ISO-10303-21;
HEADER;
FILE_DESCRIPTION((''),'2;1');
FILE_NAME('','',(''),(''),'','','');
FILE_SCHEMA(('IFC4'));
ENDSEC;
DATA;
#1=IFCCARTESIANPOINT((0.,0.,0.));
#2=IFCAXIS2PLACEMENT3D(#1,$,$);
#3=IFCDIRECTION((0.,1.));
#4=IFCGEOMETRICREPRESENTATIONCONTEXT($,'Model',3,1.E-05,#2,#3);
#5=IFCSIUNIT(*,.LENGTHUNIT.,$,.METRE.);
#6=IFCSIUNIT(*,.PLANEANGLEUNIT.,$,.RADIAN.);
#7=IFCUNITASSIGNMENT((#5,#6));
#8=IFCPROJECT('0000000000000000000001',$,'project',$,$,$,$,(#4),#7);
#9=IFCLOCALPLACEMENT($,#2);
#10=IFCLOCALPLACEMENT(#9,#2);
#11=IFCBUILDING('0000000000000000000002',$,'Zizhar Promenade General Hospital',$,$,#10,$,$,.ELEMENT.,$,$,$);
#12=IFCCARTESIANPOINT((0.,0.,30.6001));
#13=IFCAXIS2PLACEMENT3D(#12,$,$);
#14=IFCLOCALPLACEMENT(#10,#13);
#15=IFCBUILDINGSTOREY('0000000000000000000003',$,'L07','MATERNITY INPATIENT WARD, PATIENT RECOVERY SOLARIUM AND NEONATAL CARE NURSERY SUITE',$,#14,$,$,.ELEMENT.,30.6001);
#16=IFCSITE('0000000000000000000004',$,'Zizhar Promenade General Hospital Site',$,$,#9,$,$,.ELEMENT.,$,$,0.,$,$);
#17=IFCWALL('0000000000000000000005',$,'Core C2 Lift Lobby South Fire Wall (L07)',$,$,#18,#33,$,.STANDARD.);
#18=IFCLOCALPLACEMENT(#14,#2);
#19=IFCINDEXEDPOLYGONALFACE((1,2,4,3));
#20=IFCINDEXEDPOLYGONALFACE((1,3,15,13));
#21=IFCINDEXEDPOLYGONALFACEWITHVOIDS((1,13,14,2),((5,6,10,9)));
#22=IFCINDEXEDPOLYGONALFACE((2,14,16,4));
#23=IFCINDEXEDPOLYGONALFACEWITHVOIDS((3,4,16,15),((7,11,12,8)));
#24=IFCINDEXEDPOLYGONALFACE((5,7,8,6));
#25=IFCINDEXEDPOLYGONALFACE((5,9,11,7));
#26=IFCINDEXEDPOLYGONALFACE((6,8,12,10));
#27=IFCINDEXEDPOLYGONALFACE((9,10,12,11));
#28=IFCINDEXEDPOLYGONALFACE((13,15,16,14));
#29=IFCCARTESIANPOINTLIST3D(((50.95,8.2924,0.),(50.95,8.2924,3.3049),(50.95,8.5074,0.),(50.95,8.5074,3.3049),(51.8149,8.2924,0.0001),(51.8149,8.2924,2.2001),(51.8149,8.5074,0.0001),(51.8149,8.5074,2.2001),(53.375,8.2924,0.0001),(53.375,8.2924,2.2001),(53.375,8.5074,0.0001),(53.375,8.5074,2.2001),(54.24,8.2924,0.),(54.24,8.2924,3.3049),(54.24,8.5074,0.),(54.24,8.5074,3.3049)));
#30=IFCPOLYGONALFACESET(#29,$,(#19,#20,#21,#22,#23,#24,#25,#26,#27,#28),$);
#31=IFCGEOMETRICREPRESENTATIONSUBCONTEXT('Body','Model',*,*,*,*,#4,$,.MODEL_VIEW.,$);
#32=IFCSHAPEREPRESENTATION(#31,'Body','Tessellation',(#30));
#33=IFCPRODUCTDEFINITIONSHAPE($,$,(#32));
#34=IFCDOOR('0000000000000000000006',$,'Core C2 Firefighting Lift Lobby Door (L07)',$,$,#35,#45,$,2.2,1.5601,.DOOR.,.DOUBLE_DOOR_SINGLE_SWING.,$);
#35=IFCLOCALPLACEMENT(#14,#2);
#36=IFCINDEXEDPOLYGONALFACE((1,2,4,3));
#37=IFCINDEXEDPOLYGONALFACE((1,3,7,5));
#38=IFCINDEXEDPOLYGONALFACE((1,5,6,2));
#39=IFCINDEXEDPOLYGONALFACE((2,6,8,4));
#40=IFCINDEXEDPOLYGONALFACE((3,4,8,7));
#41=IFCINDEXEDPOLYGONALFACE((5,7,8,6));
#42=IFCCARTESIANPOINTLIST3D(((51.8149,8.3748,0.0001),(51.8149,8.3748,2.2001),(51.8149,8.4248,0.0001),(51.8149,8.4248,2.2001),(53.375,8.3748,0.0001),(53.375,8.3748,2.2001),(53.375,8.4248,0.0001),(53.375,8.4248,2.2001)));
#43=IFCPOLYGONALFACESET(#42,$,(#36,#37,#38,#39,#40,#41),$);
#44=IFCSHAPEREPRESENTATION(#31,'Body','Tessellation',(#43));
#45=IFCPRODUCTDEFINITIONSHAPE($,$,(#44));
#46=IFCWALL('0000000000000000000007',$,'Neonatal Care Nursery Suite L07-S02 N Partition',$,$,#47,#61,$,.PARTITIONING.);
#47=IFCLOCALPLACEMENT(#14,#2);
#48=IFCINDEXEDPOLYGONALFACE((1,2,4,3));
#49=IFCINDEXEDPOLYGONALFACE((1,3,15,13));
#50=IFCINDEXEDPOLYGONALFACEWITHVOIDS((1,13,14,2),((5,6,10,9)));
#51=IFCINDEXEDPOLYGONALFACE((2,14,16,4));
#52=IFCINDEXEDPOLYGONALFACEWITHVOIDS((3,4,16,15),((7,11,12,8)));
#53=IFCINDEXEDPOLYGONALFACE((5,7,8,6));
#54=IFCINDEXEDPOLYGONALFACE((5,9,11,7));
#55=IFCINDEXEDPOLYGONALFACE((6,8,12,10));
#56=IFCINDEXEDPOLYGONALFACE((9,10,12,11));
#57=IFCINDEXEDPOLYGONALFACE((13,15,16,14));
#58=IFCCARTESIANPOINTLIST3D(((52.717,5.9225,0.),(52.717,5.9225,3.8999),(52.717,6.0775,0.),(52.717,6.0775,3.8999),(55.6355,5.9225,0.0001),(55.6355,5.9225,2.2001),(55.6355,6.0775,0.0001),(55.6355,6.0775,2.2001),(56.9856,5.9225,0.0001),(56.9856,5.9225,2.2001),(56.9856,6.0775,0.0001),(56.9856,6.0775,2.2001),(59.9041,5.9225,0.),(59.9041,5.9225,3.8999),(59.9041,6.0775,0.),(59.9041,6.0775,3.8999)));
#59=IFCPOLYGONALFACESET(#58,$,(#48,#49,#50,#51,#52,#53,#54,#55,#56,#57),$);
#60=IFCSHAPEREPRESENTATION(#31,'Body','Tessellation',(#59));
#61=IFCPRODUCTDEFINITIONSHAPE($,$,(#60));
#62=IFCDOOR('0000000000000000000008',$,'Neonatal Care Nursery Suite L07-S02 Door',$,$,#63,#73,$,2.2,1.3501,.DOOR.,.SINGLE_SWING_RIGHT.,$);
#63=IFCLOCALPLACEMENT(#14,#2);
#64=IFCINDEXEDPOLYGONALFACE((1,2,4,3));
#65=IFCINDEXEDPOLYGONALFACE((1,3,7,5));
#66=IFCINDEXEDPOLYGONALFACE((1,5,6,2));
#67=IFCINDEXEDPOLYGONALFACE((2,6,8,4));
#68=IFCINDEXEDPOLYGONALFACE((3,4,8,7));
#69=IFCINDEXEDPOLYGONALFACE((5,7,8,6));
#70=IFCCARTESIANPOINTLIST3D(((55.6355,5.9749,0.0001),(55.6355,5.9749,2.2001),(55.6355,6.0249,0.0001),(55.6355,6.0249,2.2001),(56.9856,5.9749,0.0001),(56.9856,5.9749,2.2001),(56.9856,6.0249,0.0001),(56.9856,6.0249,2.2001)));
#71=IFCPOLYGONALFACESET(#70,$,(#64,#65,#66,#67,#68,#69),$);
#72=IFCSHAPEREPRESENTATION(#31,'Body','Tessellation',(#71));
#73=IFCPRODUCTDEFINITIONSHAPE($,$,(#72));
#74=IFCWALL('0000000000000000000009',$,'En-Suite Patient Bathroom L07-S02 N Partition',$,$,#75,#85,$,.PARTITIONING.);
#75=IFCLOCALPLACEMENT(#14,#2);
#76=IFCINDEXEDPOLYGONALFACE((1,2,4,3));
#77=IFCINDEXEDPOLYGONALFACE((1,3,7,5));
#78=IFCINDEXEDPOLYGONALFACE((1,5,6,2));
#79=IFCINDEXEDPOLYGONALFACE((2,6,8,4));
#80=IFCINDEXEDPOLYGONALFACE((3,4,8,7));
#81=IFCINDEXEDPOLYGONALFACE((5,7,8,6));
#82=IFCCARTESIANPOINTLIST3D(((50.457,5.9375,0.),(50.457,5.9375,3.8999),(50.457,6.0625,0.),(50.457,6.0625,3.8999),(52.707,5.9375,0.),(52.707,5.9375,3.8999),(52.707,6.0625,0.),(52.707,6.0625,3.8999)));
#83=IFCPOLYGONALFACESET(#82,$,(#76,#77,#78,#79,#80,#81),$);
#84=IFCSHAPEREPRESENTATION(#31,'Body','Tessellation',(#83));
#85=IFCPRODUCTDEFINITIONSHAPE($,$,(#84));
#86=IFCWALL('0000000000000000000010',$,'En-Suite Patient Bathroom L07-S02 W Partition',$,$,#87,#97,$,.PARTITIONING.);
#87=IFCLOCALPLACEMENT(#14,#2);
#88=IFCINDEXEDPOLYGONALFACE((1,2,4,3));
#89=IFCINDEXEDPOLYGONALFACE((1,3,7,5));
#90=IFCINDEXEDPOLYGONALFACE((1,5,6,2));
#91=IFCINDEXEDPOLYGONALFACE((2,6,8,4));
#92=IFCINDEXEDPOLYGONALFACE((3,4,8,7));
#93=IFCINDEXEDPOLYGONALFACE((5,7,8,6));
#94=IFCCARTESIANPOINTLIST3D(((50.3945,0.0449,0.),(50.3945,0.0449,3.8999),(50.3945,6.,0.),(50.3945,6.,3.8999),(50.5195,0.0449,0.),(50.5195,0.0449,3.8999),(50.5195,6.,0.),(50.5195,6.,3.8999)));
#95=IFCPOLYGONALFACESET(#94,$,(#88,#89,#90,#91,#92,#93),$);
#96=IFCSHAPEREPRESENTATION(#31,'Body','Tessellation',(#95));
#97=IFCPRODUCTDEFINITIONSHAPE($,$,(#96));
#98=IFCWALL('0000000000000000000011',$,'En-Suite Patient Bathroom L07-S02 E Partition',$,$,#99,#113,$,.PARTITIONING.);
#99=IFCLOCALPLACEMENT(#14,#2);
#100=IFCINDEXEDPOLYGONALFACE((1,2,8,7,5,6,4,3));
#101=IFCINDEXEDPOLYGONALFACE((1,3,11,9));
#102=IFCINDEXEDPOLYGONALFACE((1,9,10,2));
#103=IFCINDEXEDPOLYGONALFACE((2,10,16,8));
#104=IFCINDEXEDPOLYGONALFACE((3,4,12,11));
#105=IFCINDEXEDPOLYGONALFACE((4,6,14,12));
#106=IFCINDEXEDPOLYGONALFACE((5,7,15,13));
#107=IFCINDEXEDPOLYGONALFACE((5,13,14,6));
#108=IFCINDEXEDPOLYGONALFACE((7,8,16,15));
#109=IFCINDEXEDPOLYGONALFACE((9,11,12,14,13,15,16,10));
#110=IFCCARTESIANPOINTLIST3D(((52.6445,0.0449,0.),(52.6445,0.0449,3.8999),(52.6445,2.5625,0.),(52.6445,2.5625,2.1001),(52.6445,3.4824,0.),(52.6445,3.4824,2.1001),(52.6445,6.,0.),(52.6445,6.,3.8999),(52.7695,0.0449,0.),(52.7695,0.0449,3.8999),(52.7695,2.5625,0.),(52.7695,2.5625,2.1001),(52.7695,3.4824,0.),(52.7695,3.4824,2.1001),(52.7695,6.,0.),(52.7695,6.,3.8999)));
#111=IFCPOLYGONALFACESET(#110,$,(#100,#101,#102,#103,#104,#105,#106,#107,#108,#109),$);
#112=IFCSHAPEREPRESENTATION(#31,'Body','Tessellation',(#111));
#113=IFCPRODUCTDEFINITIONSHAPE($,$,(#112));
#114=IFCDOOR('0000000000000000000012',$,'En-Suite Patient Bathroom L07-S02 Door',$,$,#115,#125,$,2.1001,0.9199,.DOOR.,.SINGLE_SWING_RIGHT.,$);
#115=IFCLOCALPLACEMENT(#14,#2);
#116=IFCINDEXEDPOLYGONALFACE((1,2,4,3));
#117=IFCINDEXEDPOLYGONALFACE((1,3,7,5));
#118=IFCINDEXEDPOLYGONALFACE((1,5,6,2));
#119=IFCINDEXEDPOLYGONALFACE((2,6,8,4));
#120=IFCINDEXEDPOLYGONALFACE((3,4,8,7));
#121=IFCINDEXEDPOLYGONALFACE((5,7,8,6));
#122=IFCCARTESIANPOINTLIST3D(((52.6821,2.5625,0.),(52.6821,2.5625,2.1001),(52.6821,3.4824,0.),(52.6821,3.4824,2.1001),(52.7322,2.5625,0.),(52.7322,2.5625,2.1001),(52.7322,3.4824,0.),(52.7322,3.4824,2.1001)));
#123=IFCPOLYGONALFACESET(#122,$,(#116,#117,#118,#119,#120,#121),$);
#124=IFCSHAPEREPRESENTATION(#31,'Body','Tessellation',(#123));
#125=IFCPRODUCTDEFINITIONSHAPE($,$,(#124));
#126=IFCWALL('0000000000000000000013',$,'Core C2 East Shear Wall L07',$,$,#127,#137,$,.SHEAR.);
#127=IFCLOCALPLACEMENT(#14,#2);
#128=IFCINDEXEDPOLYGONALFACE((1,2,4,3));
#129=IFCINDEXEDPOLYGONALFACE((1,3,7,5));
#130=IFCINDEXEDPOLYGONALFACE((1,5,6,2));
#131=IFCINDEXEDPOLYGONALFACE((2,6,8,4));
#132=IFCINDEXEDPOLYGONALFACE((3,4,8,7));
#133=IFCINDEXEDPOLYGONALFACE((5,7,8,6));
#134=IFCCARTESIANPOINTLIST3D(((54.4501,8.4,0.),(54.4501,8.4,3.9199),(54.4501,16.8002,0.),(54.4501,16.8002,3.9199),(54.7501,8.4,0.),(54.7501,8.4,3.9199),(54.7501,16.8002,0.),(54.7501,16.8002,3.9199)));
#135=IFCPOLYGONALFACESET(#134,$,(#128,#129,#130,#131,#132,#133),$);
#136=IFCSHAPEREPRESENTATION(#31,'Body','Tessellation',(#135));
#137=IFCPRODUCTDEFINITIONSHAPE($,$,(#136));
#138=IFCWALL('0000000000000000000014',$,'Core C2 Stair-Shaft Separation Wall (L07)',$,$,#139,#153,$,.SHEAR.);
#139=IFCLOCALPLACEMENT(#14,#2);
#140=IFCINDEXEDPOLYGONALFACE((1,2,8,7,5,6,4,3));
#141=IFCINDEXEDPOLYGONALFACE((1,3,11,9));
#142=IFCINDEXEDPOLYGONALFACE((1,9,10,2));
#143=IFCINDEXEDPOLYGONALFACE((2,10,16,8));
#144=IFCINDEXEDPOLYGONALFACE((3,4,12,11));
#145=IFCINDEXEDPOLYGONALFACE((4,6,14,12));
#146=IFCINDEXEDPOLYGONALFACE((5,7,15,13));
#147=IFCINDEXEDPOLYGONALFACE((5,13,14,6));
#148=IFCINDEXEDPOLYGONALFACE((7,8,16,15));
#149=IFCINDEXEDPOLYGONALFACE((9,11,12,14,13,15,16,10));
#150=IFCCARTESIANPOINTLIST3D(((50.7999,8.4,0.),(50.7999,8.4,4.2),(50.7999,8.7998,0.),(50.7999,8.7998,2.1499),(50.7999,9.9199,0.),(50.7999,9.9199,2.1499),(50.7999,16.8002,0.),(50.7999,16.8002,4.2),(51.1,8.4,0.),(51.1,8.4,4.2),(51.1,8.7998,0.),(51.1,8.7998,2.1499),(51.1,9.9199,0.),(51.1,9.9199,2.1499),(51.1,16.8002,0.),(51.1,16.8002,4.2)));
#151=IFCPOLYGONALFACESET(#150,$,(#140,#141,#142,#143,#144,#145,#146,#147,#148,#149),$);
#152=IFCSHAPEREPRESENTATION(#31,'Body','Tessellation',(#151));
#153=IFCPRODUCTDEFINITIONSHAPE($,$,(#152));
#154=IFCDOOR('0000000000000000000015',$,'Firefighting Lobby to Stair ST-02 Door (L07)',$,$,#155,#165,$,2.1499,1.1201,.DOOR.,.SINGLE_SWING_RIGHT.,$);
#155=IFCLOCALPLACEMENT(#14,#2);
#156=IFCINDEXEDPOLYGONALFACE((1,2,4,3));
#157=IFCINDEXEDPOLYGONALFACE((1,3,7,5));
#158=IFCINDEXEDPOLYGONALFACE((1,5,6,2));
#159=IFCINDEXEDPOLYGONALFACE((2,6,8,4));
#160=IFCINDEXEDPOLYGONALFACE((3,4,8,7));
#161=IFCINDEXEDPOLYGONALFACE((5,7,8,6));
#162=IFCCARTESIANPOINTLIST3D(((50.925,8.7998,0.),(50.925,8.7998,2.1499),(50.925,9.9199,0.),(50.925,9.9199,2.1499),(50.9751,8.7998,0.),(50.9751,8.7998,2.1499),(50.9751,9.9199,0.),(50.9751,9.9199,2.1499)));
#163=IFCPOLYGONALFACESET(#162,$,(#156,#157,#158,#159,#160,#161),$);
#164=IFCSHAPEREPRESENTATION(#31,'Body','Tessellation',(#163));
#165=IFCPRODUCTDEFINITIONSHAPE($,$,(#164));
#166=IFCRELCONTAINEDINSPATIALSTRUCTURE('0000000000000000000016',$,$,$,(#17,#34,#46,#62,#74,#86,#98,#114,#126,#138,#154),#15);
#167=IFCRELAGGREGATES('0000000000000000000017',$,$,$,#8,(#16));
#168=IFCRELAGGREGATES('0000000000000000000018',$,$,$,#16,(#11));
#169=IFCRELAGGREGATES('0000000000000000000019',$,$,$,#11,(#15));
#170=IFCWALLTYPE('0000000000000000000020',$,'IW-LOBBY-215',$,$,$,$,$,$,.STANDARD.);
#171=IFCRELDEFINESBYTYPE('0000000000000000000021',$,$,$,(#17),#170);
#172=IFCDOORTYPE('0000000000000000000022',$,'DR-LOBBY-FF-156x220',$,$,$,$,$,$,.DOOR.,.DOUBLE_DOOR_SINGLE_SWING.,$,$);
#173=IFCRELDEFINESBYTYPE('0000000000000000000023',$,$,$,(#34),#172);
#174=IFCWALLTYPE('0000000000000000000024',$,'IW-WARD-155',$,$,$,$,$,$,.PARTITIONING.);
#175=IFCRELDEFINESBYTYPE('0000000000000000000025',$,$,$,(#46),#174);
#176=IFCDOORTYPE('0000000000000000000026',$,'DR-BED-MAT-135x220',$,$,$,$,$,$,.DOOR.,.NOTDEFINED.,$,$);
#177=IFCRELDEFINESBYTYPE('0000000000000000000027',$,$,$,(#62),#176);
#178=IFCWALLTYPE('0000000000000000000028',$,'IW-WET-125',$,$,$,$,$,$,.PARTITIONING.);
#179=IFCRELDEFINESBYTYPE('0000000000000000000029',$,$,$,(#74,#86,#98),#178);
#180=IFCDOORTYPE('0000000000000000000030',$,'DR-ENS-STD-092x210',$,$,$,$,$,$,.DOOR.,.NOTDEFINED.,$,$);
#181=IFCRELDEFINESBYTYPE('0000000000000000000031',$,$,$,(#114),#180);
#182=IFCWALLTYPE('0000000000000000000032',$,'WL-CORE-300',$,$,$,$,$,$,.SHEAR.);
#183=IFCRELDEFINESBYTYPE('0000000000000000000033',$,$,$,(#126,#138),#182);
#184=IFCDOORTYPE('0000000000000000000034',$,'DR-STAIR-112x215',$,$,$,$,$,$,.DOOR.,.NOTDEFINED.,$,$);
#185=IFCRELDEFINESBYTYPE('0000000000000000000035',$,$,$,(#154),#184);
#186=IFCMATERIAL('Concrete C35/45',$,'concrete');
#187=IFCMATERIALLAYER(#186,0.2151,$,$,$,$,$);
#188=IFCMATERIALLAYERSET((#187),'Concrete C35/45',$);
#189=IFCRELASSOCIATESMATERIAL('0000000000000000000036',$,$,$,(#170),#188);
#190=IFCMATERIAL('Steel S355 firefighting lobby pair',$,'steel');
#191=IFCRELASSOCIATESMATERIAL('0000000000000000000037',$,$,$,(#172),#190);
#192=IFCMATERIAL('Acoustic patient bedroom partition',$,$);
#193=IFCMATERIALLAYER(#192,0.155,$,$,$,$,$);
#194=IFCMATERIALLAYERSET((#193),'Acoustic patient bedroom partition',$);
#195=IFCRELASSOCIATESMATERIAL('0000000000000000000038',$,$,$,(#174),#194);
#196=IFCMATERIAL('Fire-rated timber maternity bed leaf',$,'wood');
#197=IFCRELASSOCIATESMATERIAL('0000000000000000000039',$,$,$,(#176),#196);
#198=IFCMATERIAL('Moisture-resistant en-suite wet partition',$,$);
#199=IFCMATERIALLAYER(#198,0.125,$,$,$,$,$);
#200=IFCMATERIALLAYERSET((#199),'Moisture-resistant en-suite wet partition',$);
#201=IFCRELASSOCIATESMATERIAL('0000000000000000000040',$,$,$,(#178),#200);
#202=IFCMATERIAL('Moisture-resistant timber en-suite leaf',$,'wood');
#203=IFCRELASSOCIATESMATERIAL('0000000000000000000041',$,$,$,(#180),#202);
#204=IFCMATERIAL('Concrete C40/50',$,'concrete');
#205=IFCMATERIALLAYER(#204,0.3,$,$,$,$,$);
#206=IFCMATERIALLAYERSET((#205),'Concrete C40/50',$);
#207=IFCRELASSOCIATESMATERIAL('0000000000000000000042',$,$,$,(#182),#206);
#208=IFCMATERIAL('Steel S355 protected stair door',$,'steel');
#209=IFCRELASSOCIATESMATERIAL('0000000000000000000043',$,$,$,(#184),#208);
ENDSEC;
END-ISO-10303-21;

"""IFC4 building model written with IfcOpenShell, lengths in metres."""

from ifc_helpers import new_model, si_unit, direction, frame, frame_2d, origin, place, context, subcontext, project, spatial, rectangle, extrude, material, layer, layer_set, type_object, element, fill, save


model = new_model("IFC4")

# Units and contexts
model_context = context("Model", 3, precision=1e-05, world=origin(), true_north=direction((0.0, 1.0)))
body_context = subcontext(model_context, "Body", "Model", "MODEL_VIEW")
ifc_project = project(units=[si_unit("LENGTHUNIT", "METRE"), si_unit("PLANEANGLEUNIT", "RADIAN")], contexts=[model_context])

# Site, building, storey
site_placement = place(None, origin())
site = spatial("IfcSite", under=ifc_project, at=site_placement, Name="Zizhar Promenade General Hospital Site", CompositionType="ELEMENT", RefElevation=0.0)
building_placement = place(site_placement, origin())
building = spatial("IfcBuilding", under=site, at=building_placement, Name="Zizhar Promenade General Hospital", CompositionType="ELEMENT")
storey_placement = place(building_placement, frame((0.0, 0.0, 30.6001)))
storey = spatial("IfcBuildingStorey", under=building, at=storey_placement, Name="L07", Description="MATERNITY INPATIENT WARD, PATIENT RECOVERY SOLARIUM AND NEONATAL CARE NURSERY SUITE", CompositionType="ELEMENT", Elevation=30.6001)

# Walls, openings, doors
ifc_material_1 = material(Name="Concrete C35/45", Category="concrete")
ifc_layer_1 = layer(ifc_material_1, 0.2151)
ifc_layer_set_1 = layer_set([ifc_layer_1], Name="Concrete C35/45")
wall_type_1 = type_object("IfcWallType", Name="IW-LOBBY-215", PredefinedType="STANDARD", material=ifc_layer_set_1)
wall_1_placement = place(storey_placement, frame((50.95, 8.3999, 0.0), z_axis=(0.0, 0.0, 1.0), x_axis=(1.0, 0.0, 0.0)))
wall_1 = element("IfcWall", 1, at=wall_1_placement, inside=storey, type_object=wall_type_1, Name="Core C2 Lift Lobby South Fire Wall (L07)", PredefinedType="STANDARD", context=body_context, shape_type="SweptSolid", body=[
    extrude(rectangle(XDim=3.29, YDim=0.2151, at=frame_2d((1.645, 0.0))), origin(), (0.0, 0.0, 1.0), 3.3049),
])
opening_1_placement = place(wall_1_placement, frame((0.865, 0.0, 0.0)))
opening_1 = element("IfcOpeningElement", 2, at=opening_1_placement, cuts=wall_1, PredefinedType="OPENING", context=body_context, shape_type="SweptSolid", body=[
    extrude(rectangle(XDim=1.5601, YDim=2.2, at=frame_2d((0.78, 1.1001))), frame((0.0, 0.1177, 0.0), z_axis=(0.0, -1.0, 0.0), x_axis=(1.0, 0.0, 0.0)), (0.0, 0.0, 1.0), 0.2351),
])
ifc_material_2 = material(Name="Steel S355 firefighting lobby pair", Category="steel")
door_type_1 = type_object("IfcDoorType", Name="DR-LOBBY-FF-156x220", OperationType="DOUBLE_DOOR_SINGLE_SWING", PredefinedType="DOOR", material=ifc_material_2)
door_1_placement = place(opening_1_placement, origin())
door_1 = element("IfcDoor", 3, at=door_1_placement, inside=storey, type_object=door_type_1, Name="Core C2 Firefighting Lift Lobby Door (L07)", OperationType="DOUBLE_DOOR_SINGLE_SWING", OverallHeight=2.2, OverallWidth=1.5601, PredefinedType="DOOR", context=body_context, shape_type="SweptSolid", body=[
    extrude(rectangle(XDim=1.5601, YDim=2.2, at=frame_2d((0.78, 1.1001))), frame((0.0, 0.0249, 0.0), z_axis=(0.0, -1.0, 0.0), x_axis=(1.0, 0.0, 0.0)), (0.0, 0.0, 1.0), 0.05),
])
fill(opening_1, door_1)
ifc_material_3 = material(Name="Acoustic patient bedroom partition")
ifc_layer_2 = layer(ifc_material_3, 0.155)
ifc_layer_set_2 = layer_set([ifc_layer_2], Name="Acoustic patient bedroom partition")
wall_type_2 = type_object("IfcWallType", Name="IW-WARD-155", PredefinedType="PARTITIONING", material=ifc_layer_set_2)
wall_2_placement = place(storey_placement, frame((52.717, 6.0, 0.0), z_axis=(0.0, 0.0, 1.0), x_axis=(1.0, 0.0, 0.0)))
wall_2 = element("IfcWall", 4, at=wall_2_placement, inside=storey, type_object=wall_type_2, Name="Neonatal Care Nursery Suite L07-S02 N Partition", PredefinedType="PARTITIONING", context=body_context, shape_type="SweptSolid", body=[
    extrude(rectangle(XDim=7.187, YDim=0.155, at=frame_2d((3.5935, 0.0))), origin(), (0.0, 0.0, 1.0), 3.8999),
])
opening_2_placement = place(wall_2_placement, frame((2.9185, 0.0, 0.0)))
opening_2 = element("IfcOpeningElement", 5, at=opening_2_placement, cuts=wall_2, PredefinedType="OPENING", context=body_context, shape_type="SweptSolid", body=[
    extrude(rectangle(XDim=1.3501, YDim=2.2, at=frame_2d((0.675, 1.1001))), frame((0.0, 0.0874, 0.0), z_axis=(0.0, -1.0, 0.0), x_axis=(1.0, 0.0, 0.0)), (0.0, 0.0, 1.0), 0.175),
])
ifc_material_4 = material(Name="Fire-rated timber maternity bed leaf", Category="wood")
door_type_2 = type_object("IfcDoorType", Name="DR-BED-MAT-135x220", OperationType="NOTDEFINED", PredefinedType="DOOR", material=ifc_material_4)
door_2_placement = place(opening_2_placement, origin())
door_2 = element("IfcDoor", 6, at=door_2_placement, inside=storey, type_object=door_type_2, Name="Neonatal Care Nursery Suite L07-S02 Door", OperationType="SINGLE_SWING_RIGHT", OverallHeight=2.2, OverallWidth=1.3501, PredefinedType="DOOR", context=body_context, shape_type="SweptSolid", body=[
    extrude(rectangle(XDim=1.3501, YDim=2.2, at=frame_2d((0.675, 1.1001))), frame((0.0, 0.0249, 0.0), z_axis=(0.0, -1.0, 0.0), x_axis=(1.0, 0.0, 0.0)), (0.0, 0.0, 1.0), 0.05),
])
fill(opening_2, door_2)

# Walls
ifc_material_5 = material(Name="Moisture-resistant en-suite wet partition")
ifc_layer_3 = layer(ifc_material_5, 0.125)
ifc_layer_set_3 = layer_set([ifc_layer_3], Name="Moisture-resistant en-suite wet partition")
wall_type_3 = type_object("IfcWallType", Name="IW-WET-125", PredefinedType="PARTITIONING", material=ifc_layer_set_3)
wall_3_placement = place(storey_placement, frame((50.457, 6.0, 0.0), z_axis=(0.0, 0.0, 1.0), x_axis=(1.0, 0.0, 0.0)))
element("IfcWall", 7, at=wall_3_placement, inside=storey, type_object=wall_type_3, Name="En-Suite Patient Bathroom L07-S02 N Partition", PredefinedType="PARTITIONING", context=body_context, shape_type="SweptSolid", body=[
    extrude(rectangle(XDim=2.25, YDim=0.125, at=frame_2d((1.125, 0.0))), origin(), (0.0, 0.0, 1.0), 3.8999),
])
wall_4_placement = place(storey_placement, frame((50.457, 0.0449, 0.0), z_axis=(0.0, 0.0, 1.0), x_axis=(0.0, 1.0, 0.0)))
element("IfcWall", 8, at=wall_4_placement, inside=storey, type_object=wall_type_3, Name="En-Suite Patient Bathroom L07-S02 W Partition", PredefinedType="PARTITIONING", context=body_context, shape_type="SweptSolid", body=[
    extrude(rectangle(XDim=5.9551, YDim=0.125, at=frame_2d((2.9775, 0.0))), origin(), (0.0, 0.0, 1.0), 3.8999),
])

# Wall, opening, door
wall_5_placement = place(storey_placement, frame((52.707, 0.0449, 0.0), z_axis=(0.0, 0.0, 1.0), x_axis=(0.0, 1.0, 0.0)))
wall_5 = element("IfcWall", 9, at=wall_5_placement, inside=storey, type_object=wall_type_3, Name="En-Suite Patient Bathroom L07-S02 E Partition", PredefinedType="PARTITIONING", context=body_context, shape_type="SweptSolid", body=[
    extrude(rectangle(XDim=5.9551, YDim=0.125, at=frame_2d((2.9775, 0.0))), origin(), (0.0, 0.0, 1.0), 3.8999),
])
opening_3_placement = place(wall_5_placement, frame((2.5176, 0.0, 0.0)))
opening_3 = element("IfcOpeningElement", 10, at=opening_3_placement, cuts=wall_5, PredefinedType="OPENING", context=body_context, shape_type="SweptSolid", body=[
    extrude(rectangle(XDim=0.9199, YDim=2.1001, at=frame_2d((0.46, 1.05))), frame((0.0, 0.0725, 0.0), z_axis=(0.0, -1.0, 0.0), x_axis=(1.0, 0.0, 0.0)), (0.0, 0.0, 1.0), 0.145),
])
ifc_material_6 = material(Name="Moisture-resistant timber en-suite leaf", Category="wood")
door_type_3 = type_object("IfcDoorType", Name="DR-ENS-STD-092x210", OperationType="NOTDEFINED", PredefinedType="DOOR", material=ifc_material_6)
door_3_placement = place(opening_3_placement, origin())
door_3 = element("IfcDoor", 11, at=door_3_placement, inside=storey, type_object=door_type_3, Name="En-Suite Patient Bathroom L07-S02 Door", OperationType="SINGLE_SWING_RIGHT", OverallHeight=2.1001, OverallWidth=0.9199, PredefinedType="DOOR", context=body_context, shape_type="SweptSolid", body=[
    extrude(rectangle(XDim=0.9199, YDim=2.1001, at=frame_2d((0.46, 1.05))), frame((0.0, 0.0249, 0.0), z_axis=(0.0, -1.0, 0.0), x_axis=(1.0, 0.0, 0.0)), (0.0, 0.0, 1.0), 0.05),
])
fill(opening_3, door_3)

# Wall
ifc_material_7 = material(Name="Concrete C40/50", Category="concrete")
ifc_layer_4 = layer(ifc_material_7, 0.3)
ifc_layer_set_4 = layer_set([ifc_layer_4], Name="Concrete C40/50")
wall_type_4 = type_object("IfcWallType", Name="WL-CORE-300", PredefinedType="SHEAR", material=ifc_layer_set_4)
wall_6_placement = place(storey_placement, frame((54.6001, 8.3999, 0.0), z_axis=(0.0, 0.0, 1.0), x_axis=(0.0, 1.0, 0.0)))
element("IfcWall", 12, at=wall_6_placement, inside=storey, type_object=wall_type_4, Name="Core C2 East Shear Wall L07", PredefinedType="SHEAR", context=body_context, shape_type="SweptSolid", body=[
    extrude(rectangle(XDim=8.4001, YDim=0.3, at=frame_2d((4.2002, 0.0))), origin(), (0.0, 0.0, 1.0), 3.9199),
])

# Wall, opening, door
wall_7_placement = place(storey_placement, frame((50.95, 8.3999, 0.0), z_axis=(0.0, 0.0, 1.0), x_axis=(0.0, 1.0, 0.0)))
wall_7 = element("IfcWall", 13, at=wall_7_placement, inside=storey, type_object=wall_type_4, Name="Core C2 Stair-Shaft Separation Wall (L07)", PredefinedType="SHEAR", context=body_context, shape_type="SweptSolid", body=[
    extrude(rectangle(XDim=8.4001, YDim=0.3, at=frame_2d((4.2002, 0.0))), origin(), (0.0, 0.0, 1.0), 4.2),
])
opening_4_placement = place(wall_7_placement, frame((0.3999, 0.0, 0.0)))
opening_4 = element("IfcOpeningElement", 14, at=opening_4_placement, cuts=wall_7, PredefinedType="OPENING", context=body_context, shape_type="SweptSolid", body=[
    extrude(rectangle(XDim=1.1201, YDim=2.1499, at=frame_2d((0.5601, 1.075))), frame((0.0, 0.1602, 0.0), z_axis=(0.0, -1.0, 0.0), x_axis=(1.0, 0.0, 0.0)), (0.0, 0.0, 1.0), 0.3201),
])
ifc_material_8 = material(Name="Steel S355 protected stair door", Category="steel")
door_type_4 = type_object("IfcDoorType", Name="DR-STAIR-112x215", OperationType="NOTDEFINED", PredefinedType="DOOR", material=ifc_material_8)
door_4_placement = place(opening_4_placement, origin())
door_4 = element("IfcDoor", 15, at=door_4_placement, inside=storey, type_object=door_type_4, Name="Firefighting Lobby to Stair ST-02 Door (L07)", OperationType="SINGLE_SWING_RIGHT", OverallHeight=2.1499, OverallWidth=1.1201, PredefinedType="DOOR", context=body_context, shape_type="SweptSolid", body=[
    extrude(rectangle(XDim=1.1201, YDim=2.1499, at=frame_2d((0.5601, 1.075))), frame((0.0, 0.0249, 0.0), z_axis=(0.0, -1.0, 0.0), x_axis=(1.0, 0.0, 0.0)), (0.0, 0.0, 1.0), 0.05),
])
fill(opening_4, door_4)

save(model, "model.ifc")
